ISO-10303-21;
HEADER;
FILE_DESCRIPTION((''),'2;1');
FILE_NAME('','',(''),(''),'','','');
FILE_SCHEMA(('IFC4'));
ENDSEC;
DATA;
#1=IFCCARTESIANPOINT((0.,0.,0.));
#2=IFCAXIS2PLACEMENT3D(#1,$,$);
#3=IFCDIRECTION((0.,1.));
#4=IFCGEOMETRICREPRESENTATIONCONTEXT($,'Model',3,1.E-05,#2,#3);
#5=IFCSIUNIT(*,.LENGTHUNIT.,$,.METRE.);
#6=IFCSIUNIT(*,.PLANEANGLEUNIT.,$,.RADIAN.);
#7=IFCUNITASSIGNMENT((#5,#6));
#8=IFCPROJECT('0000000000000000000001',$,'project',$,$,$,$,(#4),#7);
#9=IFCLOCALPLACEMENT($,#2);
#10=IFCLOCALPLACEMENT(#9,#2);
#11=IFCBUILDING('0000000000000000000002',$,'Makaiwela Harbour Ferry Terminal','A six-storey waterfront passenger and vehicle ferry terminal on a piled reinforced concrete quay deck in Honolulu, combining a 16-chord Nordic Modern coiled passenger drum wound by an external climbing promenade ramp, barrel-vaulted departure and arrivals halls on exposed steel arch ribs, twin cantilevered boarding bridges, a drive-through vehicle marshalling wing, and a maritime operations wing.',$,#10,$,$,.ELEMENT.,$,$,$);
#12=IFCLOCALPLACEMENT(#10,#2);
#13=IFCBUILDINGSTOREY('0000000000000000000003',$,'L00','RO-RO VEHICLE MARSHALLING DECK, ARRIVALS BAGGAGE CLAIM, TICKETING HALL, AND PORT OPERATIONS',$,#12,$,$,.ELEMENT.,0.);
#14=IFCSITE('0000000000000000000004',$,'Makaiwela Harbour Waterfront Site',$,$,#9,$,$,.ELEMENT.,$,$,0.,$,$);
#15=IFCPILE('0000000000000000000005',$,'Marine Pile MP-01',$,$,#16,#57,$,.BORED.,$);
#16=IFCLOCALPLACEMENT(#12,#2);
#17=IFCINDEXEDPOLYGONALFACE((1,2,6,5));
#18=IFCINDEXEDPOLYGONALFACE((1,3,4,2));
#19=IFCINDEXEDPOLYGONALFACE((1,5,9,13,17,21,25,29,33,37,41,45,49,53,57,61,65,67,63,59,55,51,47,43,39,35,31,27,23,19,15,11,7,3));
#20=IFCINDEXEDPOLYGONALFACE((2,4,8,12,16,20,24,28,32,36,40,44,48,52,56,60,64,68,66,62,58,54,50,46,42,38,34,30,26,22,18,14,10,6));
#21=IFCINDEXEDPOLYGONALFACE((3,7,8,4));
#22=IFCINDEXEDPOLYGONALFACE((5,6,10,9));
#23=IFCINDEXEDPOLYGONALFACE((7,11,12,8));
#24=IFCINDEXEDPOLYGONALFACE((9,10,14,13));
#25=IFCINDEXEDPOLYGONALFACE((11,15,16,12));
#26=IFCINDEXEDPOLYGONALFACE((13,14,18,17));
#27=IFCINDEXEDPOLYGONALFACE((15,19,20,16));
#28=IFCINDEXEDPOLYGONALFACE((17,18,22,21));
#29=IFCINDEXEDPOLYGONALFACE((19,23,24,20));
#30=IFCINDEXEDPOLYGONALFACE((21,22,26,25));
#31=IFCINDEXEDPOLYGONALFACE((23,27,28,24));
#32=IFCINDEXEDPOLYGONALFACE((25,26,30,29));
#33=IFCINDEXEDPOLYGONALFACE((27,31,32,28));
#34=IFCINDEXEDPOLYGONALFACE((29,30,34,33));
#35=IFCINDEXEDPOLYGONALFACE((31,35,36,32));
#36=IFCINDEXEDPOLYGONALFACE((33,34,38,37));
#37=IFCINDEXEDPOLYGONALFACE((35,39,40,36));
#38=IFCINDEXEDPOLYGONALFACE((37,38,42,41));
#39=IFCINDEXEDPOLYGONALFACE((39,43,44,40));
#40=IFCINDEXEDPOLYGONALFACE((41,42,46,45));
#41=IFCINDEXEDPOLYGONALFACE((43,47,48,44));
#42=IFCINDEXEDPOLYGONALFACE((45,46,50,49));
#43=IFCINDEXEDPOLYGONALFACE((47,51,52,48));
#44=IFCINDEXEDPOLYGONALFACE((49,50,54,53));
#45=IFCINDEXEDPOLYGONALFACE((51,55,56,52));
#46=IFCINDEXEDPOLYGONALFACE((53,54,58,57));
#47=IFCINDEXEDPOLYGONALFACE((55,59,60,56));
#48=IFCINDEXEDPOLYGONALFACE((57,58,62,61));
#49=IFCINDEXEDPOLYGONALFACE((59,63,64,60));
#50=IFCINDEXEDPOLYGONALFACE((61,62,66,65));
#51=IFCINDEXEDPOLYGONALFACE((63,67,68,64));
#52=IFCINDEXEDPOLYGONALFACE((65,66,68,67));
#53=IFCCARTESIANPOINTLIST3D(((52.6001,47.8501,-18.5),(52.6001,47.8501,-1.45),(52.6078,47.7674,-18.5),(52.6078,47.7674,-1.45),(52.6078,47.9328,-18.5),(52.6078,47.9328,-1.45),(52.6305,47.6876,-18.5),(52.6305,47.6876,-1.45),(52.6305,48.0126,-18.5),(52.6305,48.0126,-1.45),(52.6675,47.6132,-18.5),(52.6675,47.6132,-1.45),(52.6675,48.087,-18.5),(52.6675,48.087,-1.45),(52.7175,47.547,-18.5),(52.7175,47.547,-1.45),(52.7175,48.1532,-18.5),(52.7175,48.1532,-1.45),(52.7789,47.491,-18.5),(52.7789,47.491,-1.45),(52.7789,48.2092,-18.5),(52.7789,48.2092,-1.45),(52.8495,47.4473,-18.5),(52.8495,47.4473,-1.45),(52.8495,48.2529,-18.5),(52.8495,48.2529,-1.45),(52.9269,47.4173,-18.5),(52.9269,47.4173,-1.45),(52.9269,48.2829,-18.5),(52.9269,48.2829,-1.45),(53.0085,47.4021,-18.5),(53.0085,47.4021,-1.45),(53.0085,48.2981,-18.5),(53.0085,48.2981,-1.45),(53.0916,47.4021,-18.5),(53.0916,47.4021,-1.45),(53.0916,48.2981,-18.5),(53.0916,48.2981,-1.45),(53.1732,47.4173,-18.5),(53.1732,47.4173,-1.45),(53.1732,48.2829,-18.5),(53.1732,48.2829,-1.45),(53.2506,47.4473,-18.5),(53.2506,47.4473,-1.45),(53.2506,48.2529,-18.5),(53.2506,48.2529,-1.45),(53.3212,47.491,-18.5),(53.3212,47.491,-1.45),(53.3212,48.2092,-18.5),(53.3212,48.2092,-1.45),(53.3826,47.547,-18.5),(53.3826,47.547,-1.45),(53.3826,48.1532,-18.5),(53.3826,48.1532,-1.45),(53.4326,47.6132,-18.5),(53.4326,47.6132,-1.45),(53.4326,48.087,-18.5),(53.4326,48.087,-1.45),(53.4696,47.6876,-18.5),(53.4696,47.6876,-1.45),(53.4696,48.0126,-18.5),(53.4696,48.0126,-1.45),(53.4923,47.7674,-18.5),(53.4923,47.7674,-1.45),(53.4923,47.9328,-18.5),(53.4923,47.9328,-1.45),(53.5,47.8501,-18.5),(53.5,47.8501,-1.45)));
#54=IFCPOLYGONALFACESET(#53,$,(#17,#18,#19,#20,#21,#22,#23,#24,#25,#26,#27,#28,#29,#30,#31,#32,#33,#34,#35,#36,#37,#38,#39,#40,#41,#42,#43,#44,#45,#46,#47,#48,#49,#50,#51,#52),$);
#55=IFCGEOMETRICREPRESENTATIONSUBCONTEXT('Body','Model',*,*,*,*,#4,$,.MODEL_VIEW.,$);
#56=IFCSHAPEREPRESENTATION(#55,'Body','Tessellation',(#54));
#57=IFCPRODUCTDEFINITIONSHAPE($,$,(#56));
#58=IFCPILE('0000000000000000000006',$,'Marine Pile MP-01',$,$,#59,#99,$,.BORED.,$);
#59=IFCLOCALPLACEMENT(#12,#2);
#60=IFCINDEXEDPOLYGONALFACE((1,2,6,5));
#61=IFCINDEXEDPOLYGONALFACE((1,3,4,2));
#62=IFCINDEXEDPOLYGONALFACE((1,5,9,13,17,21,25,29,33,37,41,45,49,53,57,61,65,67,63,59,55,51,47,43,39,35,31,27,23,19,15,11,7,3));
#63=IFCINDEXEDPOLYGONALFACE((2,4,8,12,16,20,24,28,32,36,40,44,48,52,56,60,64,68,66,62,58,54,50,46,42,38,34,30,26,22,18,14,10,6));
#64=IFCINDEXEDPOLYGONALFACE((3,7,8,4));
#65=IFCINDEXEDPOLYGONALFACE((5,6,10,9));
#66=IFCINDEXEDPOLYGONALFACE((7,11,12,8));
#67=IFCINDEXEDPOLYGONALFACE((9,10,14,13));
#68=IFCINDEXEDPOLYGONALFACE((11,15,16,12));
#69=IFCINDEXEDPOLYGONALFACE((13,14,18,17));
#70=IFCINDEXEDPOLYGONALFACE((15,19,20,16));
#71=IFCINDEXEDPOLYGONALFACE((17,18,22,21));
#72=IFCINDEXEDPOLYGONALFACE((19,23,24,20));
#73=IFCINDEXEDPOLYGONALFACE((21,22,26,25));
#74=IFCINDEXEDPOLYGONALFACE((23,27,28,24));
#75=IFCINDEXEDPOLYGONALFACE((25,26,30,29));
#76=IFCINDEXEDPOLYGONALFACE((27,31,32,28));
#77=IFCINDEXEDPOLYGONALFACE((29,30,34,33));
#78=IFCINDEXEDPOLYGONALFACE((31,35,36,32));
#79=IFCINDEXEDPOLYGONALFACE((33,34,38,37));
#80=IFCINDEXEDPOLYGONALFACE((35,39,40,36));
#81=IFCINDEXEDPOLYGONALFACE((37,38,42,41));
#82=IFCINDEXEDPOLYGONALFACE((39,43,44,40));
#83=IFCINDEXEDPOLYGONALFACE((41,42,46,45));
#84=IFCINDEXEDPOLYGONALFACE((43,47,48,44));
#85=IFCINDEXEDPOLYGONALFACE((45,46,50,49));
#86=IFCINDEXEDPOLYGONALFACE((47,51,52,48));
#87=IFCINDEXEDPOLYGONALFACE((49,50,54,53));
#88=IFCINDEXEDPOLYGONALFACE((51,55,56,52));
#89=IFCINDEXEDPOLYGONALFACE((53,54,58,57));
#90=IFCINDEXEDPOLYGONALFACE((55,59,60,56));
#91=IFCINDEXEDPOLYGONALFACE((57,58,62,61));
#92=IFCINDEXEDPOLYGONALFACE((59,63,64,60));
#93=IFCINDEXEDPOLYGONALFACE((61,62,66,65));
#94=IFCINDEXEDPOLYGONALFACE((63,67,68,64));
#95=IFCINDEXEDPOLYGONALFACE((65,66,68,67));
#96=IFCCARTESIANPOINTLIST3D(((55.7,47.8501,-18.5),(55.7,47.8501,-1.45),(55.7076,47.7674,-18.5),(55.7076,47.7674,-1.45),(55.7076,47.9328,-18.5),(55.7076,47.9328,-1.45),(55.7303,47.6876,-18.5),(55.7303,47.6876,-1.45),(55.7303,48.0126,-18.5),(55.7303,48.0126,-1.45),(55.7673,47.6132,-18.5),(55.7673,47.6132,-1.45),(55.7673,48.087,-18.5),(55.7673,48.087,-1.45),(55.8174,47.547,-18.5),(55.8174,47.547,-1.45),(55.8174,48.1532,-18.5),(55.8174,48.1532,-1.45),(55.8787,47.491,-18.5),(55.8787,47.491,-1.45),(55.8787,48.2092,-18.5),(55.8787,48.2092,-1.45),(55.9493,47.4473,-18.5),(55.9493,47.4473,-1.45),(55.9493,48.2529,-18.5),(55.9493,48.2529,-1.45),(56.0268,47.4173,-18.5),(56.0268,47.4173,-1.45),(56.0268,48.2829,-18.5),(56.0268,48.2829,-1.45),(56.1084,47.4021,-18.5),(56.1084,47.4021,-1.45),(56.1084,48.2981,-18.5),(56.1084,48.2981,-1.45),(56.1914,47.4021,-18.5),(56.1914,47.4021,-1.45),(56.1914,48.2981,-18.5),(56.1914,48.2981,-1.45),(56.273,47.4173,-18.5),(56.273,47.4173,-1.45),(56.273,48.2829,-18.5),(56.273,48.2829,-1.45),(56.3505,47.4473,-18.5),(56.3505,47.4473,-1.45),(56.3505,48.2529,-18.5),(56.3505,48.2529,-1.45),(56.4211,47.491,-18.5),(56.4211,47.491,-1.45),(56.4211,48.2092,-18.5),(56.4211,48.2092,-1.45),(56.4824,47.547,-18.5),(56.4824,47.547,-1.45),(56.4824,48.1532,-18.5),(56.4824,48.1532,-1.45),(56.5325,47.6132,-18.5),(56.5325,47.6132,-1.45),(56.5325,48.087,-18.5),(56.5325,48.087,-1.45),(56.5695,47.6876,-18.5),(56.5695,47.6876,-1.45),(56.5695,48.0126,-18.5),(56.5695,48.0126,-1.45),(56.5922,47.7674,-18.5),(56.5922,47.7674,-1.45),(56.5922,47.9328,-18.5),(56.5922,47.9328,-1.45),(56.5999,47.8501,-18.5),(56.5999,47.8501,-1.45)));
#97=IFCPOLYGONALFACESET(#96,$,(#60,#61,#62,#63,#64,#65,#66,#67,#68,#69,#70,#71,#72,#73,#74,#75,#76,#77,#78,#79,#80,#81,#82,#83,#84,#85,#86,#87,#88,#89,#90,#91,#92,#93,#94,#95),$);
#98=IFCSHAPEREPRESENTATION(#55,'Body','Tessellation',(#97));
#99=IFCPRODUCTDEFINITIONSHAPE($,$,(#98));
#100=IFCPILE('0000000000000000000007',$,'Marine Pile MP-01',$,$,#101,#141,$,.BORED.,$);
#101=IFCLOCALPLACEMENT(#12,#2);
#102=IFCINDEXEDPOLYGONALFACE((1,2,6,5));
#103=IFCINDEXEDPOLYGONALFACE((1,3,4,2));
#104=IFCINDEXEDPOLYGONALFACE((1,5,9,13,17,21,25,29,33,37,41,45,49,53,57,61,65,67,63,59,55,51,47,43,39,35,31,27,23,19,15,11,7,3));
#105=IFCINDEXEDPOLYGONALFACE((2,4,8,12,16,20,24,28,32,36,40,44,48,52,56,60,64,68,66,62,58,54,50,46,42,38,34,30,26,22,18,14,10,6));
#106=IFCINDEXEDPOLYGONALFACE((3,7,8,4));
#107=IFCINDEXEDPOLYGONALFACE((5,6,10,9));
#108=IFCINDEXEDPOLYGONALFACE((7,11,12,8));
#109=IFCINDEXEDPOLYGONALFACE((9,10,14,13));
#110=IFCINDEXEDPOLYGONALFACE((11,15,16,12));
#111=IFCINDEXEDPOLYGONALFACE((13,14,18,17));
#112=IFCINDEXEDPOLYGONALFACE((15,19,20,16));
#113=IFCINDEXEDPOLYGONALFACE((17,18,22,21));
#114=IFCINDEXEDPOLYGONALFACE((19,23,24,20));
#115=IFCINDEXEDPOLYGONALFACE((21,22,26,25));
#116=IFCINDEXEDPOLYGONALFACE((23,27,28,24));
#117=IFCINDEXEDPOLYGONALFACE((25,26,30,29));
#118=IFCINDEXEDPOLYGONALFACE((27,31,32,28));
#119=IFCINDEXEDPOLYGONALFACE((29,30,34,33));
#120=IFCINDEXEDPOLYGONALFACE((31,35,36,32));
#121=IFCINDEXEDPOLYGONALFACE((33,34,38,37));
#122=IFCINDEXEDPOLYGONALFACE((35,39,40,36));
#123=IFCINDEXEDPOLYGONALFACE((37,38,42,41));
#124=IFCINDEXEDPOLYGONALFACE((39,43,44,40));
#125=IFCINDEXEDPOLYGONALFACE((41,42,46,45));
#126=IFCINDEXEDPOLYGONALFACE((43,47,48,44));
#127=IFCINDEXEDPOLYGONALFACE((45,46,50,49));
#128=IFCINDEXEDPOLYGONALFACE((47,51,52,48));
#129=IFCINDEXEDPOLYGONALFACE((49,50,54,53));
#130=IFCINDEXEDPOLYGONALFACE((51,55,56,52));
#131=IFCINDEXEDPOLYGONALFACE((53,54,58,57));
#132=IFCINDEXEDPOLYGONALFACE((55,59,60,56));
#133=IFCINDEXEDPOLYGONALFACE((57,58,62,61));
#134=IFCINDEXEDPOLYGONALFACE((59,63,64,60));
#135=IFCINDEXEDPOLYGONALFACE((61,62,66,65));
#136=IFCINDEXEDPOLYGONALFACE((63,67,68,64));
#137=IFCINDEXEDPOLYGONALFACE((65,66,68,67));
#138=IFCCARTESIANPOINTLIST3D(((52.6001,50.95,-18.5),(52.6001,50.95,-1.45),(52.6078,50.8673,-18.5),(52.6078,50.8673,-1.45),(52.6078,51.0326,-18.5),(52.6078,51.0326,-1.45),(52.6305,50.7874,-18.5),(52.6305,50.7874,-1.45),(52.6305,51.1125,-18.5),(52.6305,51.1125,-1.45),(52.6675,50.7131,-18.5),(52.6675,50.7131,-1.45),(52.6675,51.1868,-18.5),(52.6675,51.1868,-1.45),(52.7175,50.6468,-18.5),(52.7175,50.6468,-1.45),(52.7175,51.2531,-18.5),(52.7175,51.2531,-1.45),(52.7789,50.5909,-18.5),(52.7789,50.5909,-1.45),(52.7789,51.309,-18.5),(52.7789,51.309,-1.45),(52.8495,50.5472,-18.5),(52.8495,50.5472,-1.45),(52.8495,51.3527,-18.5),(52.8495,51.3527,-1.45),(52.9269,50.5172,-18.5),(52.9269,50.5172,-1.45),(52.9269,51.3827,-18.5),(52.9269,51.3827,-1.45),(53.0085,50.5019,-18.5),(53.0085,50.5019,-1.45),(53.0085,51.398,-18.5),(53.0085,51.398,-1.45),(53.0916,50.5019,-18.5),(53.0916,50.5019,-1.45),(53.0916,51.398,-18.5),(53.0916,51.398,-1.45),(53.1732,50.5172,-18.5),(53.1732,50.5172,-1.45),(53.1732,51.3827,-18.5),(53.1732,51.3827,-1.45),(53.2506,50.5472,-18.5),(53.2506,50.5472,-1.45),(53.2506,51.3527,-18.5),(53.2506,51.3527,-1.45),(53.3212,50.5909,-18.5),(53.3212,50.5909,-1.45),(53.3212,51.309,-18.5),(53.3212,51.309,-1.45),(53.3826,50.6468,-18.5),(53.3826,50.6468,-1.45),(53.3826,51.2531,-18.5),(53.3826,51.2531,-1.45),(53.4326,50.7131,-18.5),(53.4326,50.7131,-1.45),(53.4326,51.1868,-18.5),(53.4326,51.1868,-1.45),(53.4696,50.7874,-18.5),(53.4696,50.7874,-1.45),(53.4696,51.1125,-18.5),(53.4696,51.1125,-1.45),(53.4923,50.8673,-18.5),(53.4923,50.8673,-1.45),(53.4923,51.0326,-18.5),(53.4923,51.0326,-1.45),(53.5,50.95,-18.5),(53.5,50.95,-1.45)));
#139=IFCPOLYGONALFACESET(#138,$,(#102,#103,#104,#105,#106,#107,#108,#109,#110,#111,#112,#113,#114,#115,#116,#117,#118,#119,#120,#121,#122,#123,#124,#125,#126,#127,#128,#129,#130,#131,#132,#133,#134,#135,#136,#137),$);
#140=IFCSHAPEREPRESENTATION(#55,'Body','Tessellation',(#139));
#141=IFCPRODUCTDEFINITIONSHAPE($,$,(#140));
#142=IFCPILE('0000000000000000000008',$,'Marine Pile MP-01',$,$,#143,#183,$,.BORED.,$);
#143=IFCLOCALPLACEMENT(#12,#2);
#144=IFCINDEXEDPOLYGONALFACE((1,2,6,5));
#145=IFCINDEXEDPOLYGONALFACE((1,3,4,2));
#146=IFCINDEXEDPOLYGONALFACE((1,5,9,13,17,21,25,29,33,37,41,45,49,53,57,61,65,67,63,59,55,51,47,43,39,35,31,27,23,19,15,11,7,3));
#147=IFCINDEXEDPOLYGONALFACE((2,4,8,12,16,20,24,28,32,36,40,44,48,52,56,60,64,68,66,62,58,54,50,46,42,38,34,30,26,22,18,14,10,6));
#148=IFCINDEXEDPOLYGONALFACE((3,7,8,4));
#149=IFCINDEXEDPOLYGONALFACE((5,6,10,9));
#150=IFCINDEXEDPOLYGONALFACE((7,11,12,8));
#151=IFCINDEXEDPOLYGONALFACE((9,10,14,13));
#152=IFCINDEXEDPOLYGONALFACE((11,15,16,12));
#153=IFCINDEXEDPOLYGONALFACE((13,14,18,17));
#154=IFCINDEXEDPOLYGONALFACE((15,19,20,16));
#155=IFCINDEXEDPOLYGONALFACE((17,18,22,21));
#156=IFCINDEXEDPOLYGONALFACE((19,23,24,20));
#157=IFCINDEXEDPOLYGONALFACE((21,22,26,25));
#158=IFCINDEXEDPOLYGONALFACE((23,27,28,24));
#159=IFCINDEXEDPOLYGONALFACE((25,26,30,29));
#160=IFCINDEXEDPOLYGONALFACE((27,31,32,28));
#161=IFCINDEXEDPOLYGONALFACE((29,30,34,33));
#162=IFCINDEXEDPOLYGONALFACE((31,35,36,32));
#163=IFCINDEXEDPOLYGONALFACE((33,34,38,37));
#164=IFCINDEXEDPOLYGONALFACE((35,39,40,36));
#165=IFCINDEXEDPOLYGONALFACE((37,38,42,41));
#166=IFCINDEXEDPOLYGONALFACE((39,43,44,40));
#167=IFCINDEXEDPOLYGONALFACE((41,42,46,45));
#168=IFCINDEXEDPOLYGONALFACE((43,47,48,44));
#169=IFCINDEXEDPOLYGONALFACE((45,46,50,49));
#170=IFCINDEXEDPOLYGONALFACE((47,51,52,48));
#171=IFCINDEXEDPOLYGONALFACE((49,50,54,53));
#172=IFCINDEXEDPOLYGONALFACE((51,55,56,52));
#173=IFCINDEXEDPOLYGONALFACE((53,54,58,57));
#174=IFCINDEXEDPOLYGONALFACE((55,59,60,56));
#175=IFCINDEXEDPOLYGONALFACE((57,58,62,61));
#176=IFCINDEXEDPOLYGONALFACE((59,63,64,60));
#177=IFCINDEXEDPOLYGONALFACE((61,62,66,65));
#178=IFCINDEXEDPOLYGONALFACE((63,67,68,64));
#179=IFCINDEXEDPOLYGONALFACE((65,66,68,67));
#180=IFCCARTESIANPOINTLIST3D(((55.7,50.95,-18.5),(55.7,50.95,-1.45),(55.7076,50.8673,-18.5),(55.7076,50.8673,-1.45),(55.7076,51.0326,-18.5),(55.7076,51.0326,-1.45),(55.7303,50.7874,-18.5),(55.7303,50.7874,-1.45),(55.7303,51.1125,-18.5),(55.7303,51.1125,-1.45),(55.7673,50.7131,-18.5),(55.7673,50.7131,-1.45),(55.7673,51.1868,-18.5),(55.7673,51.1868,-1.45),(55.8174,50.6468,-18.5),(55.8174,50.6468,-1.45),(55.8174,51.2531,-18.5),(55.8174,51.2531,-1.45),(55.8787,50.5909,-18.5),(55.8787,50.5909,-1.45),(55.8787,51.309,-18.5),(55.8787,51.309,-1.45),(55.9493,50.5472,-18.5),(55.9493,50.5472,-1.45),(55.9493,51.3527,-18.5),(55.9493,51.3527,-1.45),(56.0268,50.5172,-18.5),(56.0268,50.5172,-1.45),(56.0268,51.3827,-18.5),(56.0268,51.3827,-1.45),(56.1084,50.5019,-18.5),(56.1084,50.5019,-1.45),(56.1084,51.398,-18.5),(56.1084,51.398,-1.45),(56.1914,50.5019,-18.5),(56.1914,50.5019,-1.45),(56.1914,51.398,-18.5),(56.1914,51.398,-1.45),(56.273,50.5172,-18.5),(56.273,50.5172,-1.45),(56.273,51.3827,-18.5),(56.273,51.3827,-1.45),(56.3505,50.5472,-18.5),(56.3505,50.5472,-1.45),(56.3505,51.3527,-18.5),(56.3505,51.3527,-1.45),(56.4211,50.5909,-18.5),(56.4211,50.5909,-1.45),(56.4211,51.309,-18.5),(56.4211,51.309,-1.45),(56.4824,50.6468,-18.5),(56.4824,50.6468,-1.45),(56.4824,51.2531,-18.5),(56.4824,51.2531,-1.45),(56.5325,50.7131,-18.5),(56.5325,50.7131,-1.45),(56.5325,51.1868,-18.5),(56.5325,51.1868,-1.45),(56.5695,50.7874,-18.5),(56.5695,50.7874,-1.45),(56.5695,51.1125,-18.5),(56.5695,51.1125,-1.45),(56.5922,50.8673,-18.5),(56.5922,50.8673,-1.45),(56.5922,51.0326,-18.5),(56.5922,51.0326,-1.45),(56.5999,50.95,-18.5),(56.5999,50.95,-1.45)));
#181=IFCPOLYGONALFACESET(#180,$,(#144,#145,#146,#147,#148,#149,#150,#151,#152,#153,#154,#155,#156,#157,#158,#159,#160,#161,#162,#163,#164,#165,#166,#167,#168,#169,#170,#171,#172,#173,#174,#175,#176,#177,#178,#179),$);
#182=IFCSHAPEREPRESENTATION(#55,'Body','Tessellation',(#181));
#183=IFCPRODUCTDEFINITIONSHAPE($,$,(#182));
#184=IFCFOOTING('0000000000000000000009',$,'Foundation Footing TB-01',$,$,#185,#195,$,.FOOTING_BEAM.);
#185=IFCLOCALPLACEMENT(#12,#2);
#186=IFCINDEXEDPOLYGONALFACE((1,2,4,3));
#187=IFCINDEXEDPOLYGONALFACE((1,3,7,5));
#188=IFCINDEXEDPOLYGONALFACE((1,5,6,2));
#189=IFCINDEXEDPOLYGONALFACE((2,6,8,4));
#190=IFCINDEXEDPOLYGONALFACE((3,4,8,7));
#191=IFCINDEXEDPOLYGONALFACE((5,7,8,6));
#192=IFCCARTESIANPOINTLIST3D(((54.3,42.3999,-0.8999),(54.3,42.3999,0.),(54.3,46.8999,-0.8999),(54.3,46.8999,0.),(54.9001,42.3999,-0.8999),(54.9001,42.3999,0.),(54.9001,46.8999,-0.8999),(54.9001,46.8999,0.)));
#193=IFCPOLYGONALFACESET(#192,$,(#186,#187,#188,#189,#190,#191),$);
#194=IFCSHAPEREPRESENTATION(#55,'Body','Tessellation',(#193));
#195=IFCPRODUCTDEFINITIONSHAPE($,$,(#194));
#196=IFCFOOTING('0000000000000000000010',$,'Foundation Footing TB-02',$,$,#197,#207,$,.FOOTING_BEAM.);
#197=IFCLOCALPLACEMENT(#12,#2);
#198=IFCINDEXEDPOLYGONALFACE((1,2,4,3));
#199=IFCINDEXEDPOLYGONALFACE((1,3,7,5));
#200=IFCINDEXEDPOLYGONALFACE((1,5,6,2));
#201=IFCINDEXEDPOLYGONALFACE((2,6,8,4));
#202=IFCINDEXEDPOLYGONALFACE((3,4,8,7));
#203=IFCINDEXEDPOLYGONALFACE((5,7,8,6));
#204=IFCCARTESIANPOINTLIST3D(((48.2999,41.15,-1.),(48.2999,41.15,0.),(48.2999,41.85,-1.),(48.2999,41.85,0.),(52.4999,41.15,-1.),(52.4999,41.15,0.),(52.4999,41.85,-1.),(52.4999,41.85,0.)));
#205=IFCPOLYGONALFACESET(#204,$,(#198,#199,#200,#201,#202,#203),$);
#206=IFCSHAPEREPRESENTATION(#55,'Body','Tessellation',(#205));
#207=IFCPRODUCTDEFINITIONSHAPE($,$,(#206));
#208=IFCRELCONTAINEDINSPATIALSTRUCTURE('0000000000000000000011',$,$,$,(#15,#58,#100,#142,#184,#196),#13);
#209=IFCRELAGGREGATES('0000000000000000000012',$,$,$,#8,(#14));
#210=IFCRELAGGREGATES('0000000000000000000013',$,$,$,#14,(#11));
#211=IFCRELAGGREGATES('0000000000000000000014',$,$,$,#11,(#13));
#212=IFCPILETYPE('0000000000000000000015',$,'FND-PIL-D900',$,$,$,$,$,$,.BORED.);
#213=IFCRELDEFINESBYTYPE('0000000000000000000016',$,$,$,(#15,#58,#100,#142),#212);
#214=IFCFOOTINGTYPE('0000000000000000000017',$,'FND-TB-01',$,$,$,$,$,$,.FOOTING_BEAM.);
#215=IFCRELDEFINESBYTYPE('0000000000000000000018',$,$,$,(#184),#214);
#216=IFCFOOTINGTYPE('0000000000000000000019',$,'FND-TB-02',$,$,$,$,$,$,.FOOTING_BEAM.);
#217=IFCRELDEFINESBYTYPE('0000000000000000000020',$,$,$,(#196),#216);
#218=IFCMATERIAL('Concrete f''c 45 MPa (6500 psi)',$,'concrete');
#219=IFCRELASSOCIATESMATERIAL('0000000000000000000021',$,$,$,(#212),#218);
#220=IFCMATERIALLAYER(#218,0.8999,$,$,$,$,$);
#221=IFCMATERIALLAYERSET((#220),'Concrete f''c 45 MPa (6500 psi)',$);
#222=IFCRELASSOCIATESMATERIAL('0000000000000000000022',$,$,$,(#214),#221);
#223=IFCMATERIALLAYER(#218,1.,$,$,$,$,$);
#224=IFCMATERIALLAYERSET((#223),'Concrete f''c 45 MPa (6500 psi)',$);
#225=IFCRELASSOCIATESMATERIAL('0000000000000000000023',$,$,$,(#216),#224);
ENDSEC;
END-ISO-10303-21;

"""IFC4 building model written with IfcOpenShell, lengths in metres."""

from ifc_helpers import new_model, si_unit, direction, frame, origin, origin_2d, place, context, subcontext, project, spatial, rectangle, circle, extrude, material, layer, layer_set, material_profile, profile_set, type_object, element, save


model = new_model("IFC4")

# Units and contexts
model_context = context("Model", 3, precision=1e-05, world=origin(), true_north=direction((0.0, 1.0)))
body_context = subcontext(model_context, "Body", "Model", "MODEL_VIEW")
ifc_project = project(units=[si_unit("LENGTHUNIT", "METRE"), si_unit("PLANEANGLEUNIT", "RADIAN")], contexts=[model_context])

# Site, building, storey
site_placement = place(None, origin())
site = spatial("IfcSite", under=ifc_project, at=site_placement, Name="Makaiwela Harbour Waterfront Site", CompositionType="ELEMENT", RefElevation=0.0)
building_placement = place(site_placement, origin())
building = spatial("IfcBuilding", under=site, at=building_placement, Name="Makaiwela Harbour Ferry Terminal", Description="A six-storey waterfront passenger and vehicle ferry terminal on a piled reinforced concrete quay deck in Honolulu, combining a 16-chord Nordic Modern coiled passenger drum wound by an external climbing promenade ramp, barrel-vaulted departure and arrivals halls on exposed steel arch ribs, twin cantilevered boarding bridges, a drive-through vehicle marshalling wing, and a maritime operations wing.", CompositionType="ELEMENT")
storey_placement = place(building_placement, origin())
storey = spatial("IfcBuildingStorey", under=building, at=storey_placement, Name="L00", Description="RO-RO VEHICLE MARSHALLING DECK, ARRIVALS BAGGAGE CLAIM, TICKETING HALL, AND PORT OPERATIONS", CompositionType="ELEMENT", Elevation=0.0)

# Shared definitions
ifc_material_1 = material(Name="Concrete f'c 45 MPa (6500 psi)", Category="concrete")

# Piles
ifc_material_profile_1 = material_profile(ifc_material_1, circle(Radius=0.45, at=origin_2d()), Name="PILE-D900")
ifc_profile_set_1 = profile_set([ifc_material_profile_1], Name="Concrete f'c 45 MPa (6500 psi)")
pile_type = type_object("IfcPileType", Name="FND-PIL-D900", PredefinedType="BORED", material=ifc_profile_set_1)
for number, where, z_axis, x_axis, name in (
    (1, (53.05, 47.8501, -1.45), (0.0, 0.0, -1.0), (1.0, 0.0, 0.0), "Marine Pile MP-01"),
    (2, (56.1499, 47.8501, -1.45), (0.0, 0.0, -1.0), (1.0, 0.0, 0.0), "Marine Pile MP-01"),
    (3, (53.05, 50.95, -1.45), (0.0, 0.0, -1.0), (1.0, 0.0, 0.0), "Marine Pile MP-01"),
    (4, (56.1499, 50.95, -1.45), (0.0, 0.0, -1.0), (1.0, 0.0, 0.0), "Marine Pile MP-01"),
):
    element("IfcPile", number, at=place(storey_placement, frame(where, z_axis=z_axis, x_axis=x_axis)), inside=storey, type_object=pile_type, Name=name, PredefinedType="BORED", context=body_context, shape_type="SweptSolid", body=[
        extrude(circle(Radius=0.45, at=origin_2d()), origin(), (0.0, 0.0, 1.0), 17.05),
    ])

# Footings
ifc_layer_1 = layer(ifc_material_1, 0.8999)
ifc_layer_set_1 = layer_set([ifc_layer_1], Name="Concrete f'c 45 MPa (6500 psi)")
footing_type_1 = type_object("IfcFootingType", Name="FND-TB-01", PredefinedType="FOOTING_BEAM", material=ifc_layer_set_1)
footing_1_placement = place(storey_placement, frame((54.6001, 44.6499, -0.8999), z_axis=(0.0, 0.0, 1.0), x_axis=(0.0, 1.0, 0.0)))
element("IfcFooting", 5, at=footing_1_placement, inside=storey, type_object=footing_type_1, Name="Foundation Footing TB-01", PredefinedType="FOOTING_BEAM", context=body_context, shape_type="SweptSolid", body=[
    extrude(rectangle(XDim=4.5, YDim=0.6001, at=origin_2d()), origin(), (0.0, 0.0, 1.0), 0.8999),
])
ifc_layer_2 = layer(ifc_material_1, 1.0)
ifc_layer_set_2 = layer_set([ifc_layer_2], Name="Concrete f'c 45 MPa (6500 psi)")
footing_type_2 = type_object("IfcFootingType", Name="FND-TB-02", PredefinedType="FOOTING_BEAM", material=ifc_layer_set_2)
footing_2_placement = place(storey_placement, frame((50.3999, 41.5, -1.0), z_axis=(0.0, 0.0, 1.0), x_axis=(1.0, 0.0, 0.0)))
element("IfcFooting", 6, at=footing_2_placement, inside=storey, type_object=footing_type_2, Name="Foundation Footing TB-02", PredefinedType="FOOTING_BEAM", context=body_context, shape_type="SweptSolid", body=[
    extrude(rectangle(XDim=4.2, YDim=0.7, at=origin_2d()), origin(), (0.0, 0.0, 1.0), 1.0),
])

save(model, "model.ifc")
